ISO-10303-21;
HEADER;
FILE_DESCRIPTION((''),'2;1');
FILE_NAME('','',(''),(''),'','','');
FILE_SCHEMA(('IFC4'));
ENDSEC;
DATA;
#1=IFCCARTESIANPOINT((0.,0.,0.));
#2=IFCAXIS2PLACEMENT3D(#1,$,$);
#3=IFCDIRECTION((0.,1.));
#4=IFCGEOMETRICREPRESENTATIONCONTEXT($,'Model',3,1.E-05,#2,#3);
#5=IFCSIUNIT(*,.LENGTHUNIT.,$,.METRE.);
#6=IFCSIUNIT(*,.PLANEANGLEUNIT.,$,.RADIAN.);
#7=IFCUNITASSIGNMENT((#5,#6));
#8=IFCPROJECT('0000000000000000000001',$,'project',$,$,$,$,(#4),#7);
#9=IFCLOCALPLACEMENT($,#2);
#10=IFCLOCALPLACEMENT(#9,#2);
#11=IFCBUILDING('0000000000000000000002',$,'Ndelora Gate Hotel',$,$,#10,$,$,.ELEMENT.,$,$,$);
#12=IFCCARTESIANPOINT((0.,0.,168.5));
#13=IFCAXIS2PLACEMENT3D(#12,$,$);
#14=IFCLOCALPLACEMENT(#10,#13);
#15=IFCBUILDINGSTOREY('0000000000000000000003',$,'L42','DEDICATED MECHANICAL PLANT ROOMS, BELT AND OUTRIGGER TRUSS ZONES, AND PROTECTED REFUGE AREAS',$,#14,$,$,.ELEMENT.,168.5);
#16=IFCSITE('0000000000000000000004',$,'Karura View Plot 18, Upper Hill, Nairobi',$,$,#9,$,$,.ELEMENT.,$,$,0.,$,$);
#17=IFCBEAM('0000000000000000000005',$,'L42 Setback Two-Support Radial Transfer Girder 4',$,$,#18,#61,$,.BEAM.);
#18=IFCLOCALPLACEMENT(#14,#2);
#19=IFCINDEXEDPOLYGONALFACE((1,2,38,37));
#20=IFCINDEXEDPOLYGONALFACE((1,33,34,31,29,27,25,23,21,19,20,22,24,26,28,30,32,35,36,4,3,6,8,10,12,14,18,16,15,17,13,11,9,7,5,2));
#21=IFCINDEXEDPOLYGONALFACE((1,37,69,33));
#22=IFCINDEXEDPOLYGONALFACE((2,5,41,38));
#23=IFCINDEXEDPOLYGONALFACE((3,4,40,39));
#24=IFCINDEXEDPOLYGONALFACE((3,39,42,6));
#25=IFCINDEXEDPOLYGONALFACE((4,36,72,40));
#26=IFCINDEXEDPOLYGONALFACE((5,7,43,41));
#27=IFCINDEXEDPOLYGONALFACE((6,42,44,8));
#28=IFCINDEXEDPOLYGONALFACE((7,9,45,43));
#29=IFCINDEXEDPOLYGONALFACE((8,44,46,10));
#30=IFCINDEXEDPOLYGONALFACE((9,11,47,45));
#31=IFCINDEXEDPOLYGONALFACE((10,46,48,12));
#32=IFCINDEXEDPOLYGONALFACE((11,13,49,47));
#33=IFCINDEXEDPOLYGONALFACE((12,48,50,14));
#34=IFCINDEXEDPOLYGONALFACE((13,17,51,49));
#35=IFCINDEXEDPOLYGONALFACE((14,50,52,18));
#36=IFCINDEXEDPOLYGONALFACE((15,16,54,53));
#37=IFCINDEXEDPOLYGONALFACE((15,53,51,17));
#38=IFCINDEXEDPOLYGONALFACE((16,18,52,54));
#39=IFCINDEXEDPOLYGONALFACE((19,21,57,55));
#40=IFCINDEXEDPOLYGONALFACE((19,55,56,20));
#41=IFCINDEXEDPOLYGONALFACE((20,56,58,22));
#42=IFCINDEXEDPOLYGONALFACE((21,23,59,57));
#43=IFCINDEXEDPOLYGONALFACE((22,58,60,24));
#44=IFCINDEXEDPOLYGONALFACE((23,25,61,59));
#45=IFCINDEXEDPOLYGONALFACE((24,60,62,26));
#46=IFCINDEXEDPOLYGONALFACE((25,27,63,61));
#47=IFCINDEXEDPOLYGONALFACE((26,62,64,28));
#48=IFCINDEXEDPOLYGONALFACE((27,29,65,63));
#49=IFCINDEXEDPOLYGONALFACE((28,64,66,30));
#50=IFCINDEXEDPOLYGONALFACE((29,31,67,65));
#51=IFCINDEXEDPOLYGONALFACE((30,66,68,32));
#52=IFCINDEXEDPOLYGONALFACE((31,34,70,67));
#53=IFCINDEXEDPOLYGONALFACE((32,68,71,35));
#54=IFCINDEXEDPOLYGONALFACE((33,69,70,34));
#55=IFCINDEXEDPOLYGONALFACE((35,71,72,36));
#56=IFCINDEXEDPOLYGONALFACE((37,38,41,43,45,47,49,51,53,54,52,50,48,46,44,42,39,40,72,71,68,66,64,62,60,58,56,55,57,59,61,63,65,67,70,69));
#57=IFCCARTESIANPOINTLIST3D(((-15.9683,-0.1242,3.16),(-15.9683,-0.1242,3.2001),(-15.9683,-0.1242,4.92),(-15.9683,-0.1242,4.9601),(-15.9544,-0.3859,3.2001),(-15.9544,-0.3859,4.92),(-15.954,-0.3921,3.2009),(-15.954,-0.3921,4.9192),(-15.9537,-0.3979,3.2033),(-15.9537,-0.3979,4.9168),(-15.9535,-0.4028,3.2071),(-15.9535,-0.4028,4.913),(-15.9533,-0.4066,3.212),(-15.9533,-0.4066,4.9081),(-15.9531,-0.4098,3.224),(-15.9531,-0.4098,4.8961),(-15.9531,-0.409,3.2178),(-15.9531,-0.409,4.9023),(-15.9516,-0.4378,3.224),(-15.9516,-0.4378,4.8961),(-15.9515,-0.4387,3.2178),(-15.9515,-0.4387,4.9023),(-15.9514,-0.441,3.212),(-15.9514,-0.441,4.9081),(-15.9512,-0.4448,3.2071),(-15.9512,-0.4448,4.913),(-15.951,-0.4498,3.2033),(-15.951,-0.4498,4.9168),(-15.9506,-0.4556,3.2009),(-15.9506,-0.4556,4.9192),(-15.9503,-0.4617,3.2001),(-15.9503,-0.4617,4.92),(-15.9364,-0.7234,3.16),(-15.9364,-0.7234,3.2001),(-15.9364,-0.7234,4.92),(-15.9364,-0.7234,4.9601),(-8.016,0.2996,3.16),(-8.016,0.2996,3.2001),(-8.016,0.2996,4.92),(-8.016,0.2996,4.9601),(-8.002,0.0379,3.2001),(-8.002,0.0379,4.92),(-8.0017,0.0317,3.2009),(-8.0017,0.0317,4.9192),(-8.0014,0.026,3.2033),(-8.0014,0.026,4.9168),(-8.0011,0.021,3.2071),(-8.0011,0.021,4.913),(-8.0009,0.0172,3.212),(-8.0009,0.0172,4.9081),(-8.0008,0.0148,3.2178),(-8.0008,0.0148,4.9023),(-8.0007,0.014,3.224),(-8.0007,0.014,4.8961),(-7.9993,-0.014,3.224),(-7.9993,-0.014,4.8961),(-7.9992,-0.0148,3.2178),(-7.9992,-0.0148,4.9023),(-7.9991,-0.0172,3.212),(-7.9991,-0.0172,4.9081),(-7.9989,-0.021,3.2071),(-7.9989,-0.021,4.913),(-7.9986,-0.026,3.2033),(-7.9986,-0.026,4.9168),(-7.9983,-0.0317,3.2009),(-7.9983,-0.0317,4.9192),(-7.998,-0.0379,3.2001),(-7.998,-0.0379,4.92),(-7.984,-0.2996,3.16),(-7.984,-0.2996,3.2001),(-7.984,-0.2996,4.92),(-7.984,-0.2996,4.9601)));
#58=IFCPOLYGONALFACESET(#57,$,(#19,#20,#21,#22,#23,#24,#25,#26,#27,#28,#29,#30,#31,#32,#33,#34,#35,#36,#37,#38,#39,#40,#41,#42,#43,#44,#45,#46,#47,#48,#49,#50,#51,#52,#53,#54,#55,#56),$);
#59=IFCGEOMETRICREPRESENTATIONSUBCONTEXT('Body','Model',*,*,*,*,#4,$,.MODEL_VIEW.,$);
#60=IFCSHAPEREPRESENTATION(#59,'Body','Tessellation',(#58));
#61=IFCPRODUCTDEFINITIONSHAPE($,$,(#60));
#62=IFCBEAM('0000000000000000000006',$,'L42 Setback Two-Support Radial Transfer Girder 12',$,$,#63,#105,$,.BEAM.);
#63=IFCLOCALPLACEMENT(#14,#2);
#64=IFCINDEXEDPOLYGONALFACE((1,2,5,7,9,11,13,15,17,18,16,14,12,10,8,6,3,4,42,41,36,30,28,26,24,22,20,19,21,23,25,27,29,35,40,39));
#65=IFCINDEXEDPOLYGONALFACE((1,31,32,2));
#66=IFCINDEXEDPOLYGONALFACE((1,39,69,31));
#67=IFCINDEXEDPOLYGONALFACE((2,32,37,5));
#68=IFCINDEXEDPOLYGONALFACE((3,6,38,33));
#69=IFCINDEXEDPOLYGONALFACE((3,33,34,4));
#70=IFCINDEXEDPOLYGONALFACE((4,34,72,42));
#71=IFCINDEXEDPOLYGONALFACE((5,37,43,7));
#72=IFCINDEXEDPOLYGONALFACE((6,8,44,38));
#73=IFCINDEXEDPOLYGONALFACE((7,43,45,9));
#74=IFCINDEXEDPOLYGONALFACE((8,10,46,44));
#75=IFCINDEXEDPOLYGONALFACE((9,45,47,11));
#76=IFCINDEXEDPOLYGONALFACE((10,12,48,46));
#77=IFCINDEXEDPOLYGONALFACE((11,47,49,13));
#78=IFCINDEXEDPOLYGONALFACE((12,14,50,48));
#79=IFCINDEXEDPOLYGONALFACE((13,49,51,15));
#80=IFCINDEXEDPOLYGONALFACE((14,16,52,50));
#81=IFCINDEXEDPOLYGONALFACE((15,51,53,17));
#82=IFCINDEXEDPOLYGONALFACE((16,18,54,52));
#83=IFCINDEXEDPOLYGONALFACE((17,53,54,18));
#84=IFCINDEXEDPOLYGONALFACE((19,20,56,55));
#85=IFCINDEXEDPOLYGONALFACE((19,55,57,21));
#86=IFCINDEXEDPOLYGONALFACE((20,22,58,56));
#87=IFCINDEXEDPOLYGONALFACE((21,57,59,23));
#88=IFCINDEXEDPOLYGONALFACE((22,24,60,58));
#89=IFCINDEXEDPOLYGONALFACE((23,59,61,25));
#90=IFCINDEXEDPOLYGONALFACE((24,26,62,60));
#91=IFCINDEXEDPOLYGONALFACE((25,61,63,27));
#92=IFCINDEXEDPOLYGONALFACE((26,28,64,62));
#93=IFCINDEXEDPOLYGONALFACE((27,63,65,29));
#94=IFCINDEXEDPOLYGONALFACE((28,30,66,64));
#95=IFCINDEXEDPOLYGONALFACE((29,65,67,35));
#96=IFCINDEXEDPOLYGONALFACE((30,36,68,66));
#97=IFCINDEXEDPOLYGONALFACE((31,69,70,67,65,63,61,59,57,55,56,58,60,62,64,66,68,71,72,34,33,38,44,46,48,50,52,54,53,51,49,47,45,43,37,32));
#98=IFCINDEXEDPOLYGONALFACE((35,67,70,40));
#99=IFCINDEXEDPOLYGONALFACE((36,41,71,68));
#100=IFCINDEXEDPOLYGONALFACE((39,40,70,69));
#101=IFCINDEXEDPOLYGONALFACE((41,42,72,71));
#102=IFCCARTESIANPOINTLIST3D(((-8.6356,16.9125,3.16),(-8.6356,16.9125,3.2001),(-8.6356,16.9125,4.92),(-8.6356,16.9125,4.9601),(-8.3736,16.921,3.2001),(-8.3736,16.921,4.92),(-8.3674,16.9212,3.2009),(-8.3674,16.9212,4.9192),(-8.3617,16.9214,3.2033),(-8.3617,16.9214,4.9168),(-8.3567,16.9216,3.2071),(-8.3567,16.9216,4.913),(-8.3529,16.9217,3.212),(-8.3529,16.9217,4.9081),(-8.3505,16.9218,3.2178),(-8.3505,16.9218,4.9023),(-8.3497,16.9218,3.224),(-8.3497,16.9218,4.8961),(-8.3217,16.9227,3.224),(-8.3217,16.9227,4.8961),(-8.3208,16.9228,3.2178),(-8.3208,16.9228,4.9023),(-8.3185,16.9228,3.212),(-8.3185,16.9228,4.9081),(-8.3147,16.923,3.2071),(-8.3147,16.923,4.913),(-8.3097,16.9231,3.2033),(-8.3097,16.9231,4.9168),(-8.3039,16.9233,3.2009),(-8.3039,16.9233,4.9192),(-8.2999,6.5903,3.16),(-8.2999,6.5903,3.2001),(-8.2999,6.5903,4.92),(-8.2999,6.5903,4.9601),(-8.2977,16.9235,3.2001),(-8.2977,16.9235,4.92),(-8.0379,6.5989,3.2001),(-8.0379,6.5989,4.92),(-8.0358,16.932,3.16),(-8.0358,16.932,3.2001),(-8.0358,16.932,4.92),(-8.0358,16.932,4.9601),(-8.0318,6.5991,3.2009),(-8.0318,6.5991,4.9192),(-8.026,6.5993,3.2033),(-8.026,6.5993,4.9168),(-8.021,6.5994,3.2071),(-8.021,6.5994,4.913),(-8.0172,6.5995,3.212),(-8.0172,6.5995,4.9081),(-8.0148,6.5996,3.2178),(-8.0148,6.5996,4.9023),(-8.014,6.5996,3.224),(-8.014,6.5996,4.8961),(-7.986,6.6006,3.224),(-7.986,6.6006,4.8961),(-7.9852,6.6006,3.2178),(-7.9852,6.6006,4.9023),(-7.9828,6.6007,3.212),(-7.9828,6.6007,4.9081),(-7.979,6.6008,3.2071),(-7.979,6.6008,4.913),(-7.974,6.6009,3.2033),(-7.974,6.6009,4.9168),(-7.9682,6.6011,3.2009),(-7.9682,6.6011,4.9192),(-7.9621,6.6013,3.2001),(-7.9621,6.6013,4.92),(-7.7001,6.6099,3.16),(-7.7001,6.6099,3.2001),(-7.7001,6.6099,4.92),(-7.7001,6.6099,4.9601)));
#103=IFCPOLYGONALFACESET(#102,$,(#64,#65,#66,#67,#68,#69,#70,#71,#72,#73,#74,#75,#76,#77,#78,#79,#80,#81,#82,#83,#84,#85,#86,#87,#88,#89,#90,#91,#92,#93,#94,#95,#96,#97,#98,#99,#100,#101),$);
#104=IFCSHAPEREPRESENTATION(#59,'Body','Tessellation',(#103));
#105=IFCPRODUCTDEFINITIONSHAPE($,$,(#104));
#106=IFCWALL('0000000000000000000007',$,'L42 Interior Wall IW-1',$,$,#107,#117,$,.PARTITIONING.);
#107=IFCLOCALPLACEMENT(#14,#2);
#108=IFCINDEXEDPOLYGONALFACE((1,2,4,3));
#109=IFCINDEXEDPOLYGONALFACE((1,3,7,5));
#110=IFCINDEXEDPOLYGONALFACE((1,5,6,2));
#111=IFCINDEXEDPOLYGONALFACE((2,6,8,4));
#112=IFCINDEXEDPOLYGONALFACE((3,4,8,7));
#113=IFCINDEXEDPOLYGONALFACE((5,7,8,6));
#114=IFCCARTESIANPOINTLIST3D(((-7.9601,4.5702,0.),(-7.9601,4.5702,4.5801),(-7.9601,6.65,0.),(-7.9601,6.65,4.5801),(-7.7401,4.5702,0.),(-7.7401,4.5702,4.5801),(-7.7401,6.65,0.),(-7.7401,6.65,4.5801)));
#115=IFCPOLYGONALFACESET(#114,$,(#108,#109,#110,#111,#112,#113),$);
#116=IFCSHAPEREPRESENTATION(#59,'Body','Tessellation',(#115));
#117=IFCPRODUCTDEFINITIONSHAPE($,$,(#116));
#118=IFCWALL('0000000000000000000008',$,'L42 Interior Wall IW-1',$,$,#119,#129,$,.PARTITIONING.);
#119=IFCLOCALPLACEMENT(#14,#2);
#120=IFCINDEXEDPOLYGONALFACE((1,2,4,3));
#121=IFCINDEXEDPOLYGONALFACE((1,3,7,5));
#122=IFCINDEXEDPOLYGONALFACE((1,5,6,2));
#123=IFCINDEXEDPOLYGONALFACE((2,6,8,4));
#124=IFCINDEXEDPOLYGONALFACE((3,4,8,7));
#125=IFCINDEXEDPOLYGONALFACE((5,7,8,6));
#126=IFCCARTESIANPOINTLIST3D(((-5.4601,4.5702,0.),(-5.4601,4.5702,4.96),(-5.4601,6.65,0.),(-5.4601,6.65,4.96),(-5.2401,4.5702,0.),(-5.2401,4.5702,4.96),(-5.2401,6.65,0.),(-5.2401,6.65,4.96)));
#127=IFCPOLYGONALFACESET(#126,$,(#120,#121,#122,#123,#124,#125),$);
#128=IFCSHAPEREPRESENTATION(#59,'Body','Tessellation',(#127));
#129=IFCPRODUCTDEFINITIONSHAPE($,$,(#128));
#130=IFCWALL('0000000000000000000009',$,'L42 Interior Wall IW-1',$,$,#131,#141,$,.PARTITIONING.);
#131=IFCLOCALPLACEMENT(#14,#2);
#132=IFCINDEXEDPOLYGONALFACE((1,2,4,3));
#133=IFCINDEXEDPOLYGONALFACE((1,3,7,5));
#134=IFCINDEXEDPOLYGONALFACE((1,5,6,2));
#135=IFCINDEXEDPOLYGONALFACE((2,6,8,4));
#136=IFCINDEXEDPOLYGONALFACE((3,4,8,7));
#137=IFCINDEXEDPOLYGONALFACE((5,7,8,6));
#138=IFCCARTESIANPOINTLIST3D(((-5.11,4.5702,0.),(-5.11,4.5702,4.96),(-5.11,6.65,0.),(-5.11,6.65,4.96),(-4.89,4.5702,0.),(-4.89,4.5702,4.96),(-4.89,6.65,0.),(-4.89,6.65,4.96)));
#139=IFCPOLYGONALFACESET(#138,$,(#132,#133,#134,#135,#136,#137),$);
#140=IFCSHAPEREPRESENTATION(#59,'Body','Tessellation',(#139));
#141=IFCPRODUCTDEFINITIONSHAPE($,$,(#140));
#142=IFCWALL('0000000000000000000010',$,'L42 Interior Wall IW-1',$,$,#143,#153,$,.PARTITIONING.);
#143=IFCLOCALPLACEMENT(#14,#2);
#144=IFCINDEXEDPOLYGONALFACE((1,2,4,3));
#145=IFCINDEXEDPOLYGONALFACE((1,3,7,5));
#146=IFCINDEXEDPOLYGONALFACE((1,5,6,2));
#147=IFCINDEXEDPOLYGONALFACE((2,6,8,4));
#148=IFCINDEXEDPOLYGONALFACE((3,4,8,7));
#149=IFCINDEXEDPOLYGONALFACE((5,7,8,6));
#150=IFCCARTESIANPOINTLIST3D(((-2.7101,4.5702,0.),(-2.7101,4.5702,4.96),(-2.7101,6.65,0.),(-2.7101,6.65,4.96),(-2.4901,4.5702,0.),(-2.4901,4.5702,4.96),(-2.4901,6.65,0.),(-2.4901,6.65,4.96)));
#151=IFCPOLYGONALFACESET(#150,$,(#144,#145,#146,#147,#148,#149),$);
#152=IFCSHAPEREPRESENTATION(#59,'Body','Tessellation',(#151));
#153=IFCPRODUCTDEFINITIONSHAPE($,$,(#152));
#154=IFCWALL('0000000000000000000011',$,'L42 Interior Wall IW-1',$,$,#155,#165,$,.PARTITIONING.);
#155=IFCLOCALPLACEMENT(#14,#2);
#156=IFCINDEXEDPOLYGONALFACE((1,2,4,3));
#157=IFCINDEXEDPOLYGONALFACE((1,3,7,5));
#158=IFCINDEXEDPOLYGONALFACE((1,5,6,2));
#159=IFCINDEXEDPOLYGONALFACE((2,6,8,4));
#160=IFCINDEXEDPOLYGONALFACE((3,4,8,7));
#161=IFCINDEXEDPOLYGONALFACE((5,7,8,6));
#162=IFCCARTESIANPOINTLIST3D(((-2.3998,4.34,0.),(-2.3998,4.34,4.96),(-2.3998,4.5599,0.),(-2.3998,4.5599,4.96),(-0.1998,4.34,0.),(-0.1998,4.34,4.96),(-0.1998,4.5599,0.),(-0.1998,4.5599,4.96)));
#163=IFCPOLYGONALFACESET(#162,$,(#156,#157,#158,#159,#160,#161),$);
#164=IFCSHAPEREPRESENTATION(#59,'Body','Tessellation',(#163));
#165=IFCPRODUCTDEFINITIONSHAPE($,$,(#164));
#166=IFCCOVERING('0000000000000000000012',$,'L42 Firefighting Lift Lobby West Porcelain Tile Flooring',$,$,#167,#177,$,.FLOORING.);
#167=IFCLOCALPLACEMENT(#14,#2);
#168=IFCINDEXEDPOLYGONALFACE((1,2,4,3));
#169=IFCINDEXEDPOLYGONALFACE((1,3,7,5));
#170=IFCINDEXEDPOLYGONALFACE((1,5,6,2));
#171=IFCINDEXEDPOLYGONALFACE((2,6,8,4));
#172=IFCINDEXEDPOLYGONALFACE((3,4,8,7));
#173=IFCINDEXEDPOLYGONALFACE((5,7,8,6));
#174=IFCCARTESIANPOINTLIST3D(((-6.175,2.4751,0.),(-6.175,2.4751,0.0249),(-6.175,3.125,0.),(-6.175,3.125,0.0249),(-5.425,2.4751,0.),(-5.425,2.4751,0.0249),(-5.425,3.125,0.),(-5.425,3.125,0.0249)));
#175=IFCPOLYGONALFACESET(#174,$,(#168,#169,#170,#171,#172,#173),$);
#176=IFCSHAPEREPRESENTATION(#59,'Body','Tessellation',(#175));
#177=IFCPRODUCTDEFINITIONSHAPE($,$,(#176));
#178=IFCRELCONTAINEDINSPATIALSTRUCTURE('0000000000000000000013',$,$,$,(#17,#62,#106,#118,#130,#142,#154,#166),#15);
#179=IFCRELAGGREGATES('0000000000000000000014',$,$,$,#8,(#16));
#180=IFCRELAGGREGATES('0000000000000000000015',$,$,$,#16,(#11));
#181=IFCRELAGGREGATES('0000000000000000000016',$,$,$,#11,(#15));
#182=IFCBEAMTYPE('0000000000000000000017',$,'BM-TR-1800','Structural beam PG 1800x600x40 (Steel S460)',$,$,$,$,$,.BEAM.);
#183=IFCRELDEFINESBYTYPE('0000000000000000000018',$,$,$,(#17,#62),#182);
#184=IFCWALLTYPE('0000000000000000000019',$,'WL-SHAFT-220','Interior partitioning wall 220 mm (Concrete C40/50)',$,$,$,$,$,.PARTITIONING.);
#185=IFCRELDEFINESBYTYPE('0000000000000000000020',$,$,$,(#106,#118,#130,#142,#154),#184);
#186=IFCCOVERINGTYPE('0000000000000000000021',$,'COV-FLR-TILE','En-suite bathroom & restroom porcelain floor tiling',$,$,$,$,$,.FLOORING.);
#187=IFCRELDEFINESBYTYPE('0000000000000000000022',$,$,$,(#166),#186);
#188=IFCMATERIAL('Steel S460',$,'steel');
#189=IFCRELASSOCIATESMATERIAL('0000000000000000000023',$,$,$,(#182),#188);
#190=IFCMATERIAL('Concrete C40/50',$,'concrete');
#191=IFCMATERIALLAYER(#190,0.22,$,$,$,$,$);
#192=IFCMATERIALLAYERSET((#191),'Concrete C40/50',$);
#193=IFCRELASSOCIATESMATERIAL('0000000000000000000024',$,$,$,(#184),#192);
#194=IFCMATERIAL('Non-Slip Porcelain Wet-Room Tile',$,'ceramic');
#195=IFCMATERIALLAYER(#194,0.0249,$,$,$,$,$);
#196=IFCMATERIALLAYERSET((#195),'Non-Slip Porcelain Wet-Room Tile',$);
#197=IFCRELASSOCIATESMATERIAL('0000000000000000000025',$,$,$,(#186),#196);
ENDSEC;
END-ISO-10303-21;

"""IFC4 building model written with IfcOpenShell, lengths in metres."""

from ifc_helpers import new_model, si_unit, direction, frame, frame_2d, origin, origin_2d, place, context, subcontext, project, spatial, rectangle, i_section, extrude, material, layer, layer_set, material_profile, profile_set, type_object, element, save


model = new_model("IFC4")

# Units and contexts
model_context = context("Model", 3, precision=1e-05, world=origin(), true_north=direction((0.0, 1.0)))
body_context = subcontext(model_context, "Body", "Model", "MODEL_VIEW")
ifc_project = project(units=[si_unit("LENGTHUNIT", "METRE"), si_unit("PLANEANGLEUNIT", "RADIAN")], contexts=[model_context])

# Site, building, storey
site_placement = place(None, origin())
site = spatial("IfcSite", under=ifc_project, at=site_placement, Name="Karura View Plot 18, Upper Hill, Nairobi", CompositionType="ELEMENT", RefElevation=0.0)
building_placement = place(site_placement, origin())
building = spatial("IfcBuilding", under=site, at=building_placement, Name="Ndelora Gate Hotel", CompositionType="ELEMENT")
storey_placement = place(building_placement, frame((0.0, 0.0, 168.5)))
storey = spatial("IfcBuildingStorey", under=building, at=storey_placement, Name="L42", Description="DEDICATED MECHANICAL PLANT ROOMS, BELT AND OUTRIGGER TRUSS ZONES, AND PROTECTED REFUGE AREAS", CompositionType="ELEMENT", Elevation=168.5)

# Beams
ifc_material_1 = material(Name="Steel S460", Category="steel")
ifc_material_profile_1 = material_profile(ifc_material_1, i_section(OverallWidth=0.6001, OverallDepth=1.8, WebThickness=0.0281, FlangeThickness=0.04, FilletRadius=0.0239, at=origin_2d()), Name="PG 1800x600x40")
ifc_profile_set_1 = profile_set([ifc_material_profile_1], Name="Steel S460")
beam_type_1 = type_object("IfcBeamType", Name="BM-TR-1800", Description="Structural beam PG 1800x600x40 (Steel S460)", PredefinedType="BEAM", material=ifc_profile_set_1)
beam_1_placement = place(storey_placement, frame((-8.0, 0.0, 4.0601), z_axis=(-0.998583, -0.05322, 0.0), x_axis=(0.05322, -0.998583, 0.0)))
element("IfcBeam", 1, at=beam_1_placement, inside=storey, type_object=beam_type_1, Name="L42 Setback Two-Support Radial Transfer Girder 4", PredefinedType="BEAM", context=body_context, shape_type="SweptSolid", body=[
    extrude(i_section(OverallWidth=0.6001, OverallDepth=1.8, WebThickness=0.0281, FlangeThickness=0.04, FilletRadius=0.0239, at=origin_2d()), origin(), (0.0, 0.0, 1.0), 7.9636),
])
beam_2_placement = place(storey_placement, frame((-8.0, 6.6001, 4.0601), z_axis=(-0.032504, 0.999472, 0.0), x_axis=(-0.999472, -0.032504, 0.0)))
element("IfcBeam", 2, at=beam_2_placement, inside=storey, type_object=beam_type_1, Name="L42 Setback Two-Support Radial Transfer Girder 12", PredefinedType="BEAM", context=body_context, shape_type="SweptSolid", body=[
    extrude(i_section(OverallWidth=0.6001, OverallDepth=1.8, WebThickness=0.0281, FlangeThickness=0.04, FilletRadius=0.0239, at=origin_2d()), origin(), (0.0, 0.0, 1.0), 10.3276),
])

# Shared definitions
ifc_material_2 = material(Name="Concrete C40/50", Category="concrete")
ifc_layer_1 = layer(ifc_material_2, 0.22)
ifc_layer_set_1 = layer_set([ifc_layer_1], Name="Concrete C40/50")
wall_type_1 = type_object("IfcWallType", Name="WL-SHAFT-220", Description="Interior partitioning wall 220 mm (Concrete C40/50)", PredefinedType="PARTITIONING", material=ifc_layer_set_1)

# Walls
wall_1_placement = place(storey_placement, frame((-7.8501, 4.5701, 0.0), z_axis=(0.0, 0.0, 1.0), x_axis=(0.0, 1.0, 0.0)))
element("IfcWall", 3, at=wall_1_placement, inside=storey, type_object=wall_type_1, Name="L42 Interior Wall IW-1", PredefinedType="PARTITIONING", context=body_context, shape_type="SweptSolid", body=[
    extrude(rectangle(XDim=2.0798, YDim=0.22, at=frame_2d((1.04, 0.0))), origin(), (0.0, 0.0, 1.0), 4.5801),
])
wall_2_placement = place(storey_placement, frame((-5.3501, 4.5701, 0.0), z_axis=(0.0, 0.0, 1.0), x_axis=(0.0, 1.0, 0.0)))
element("IfcWall", 4, at=wall_2_placement, inside=storey, type_object=wall_type_1, Name="L42 Interior Wall IW-1", PredefinedType="PARTITIONING", context=body_context, shape_type="SweptSolid", body=[
    extrude(rectangle(XDim=2.0798, YDim=0.22, at=frame_2d((1.04, 0.0))), origin(), (0.0, 0.0, 1.0), 4.96),
])

# Walls
for number, where, z_axis, x_axis, name in (
    (5, (-5.0, 4.5701, 0.0), (0.0, 0.0, 1.0), (0.0, 1.0, 0.0), "L42 Interior Wall IW-1"),
    (6, (-2.6001, 4.5701, 0.0), (0.0, 0.0, 1.0), (0.0, 1.0, 0.0), "L42 Interior Wall IW-1"),
):
    element("IfcWall", number, at=place(storey_placement, frame(where, z_axis=z_axis, x_axis=x_axis)), inside=storey, type_object=wall_type_1, Name=name, PredefinedType="PARTITIONING", context=body_context, shape_type="SweptSolid", body=[
        extrude(rectangle(XDim=2.0798, YDim=0.22, at=frame_2d((1.04, 0.0))), origin(), (0.0, 0.0, 1.0), 4.96),
    ])
wall_3_placement = place(storey_placement, frame((-2.3999, 4.45, 0.0), z_axis=(0.0, 0.0, 1.0), x_axis=(1.0, 0.0, 0.0)))
element("IfcWall", 7, at=wall_3_placement, inside=storey, type_object=wall_type_1, Name="L42 Interior Wall IW-1", PredefinedType="PARTITIONING", context=body_context, shape_type="SweptSolid", body=[
    extrude(rectangle(XDim=2.2, YDim=0.22, at=frame_2d((1.1001, 0.0))), origin(), (0.0, 0.0, 1.0), 4.96),
])

# Covering
ifc_material_3 = material(Name="Non-Slip Porcelain Wet-Room Tile", Category="ceramic")
ifc_layer_2 = layer(ifc_material_3, 0.0249)
ifc_layer_set_2 = layer_set([ifc_layer_2], Name="Non-Slip Porcelain Wet-Room Tile")
covering_type = type_object("IfcCoveringType", Name="COV-FLR-TILE", Description="En-suite bathroom & restroom porcelain floor tiling", PredefinedType="FLOORING", material=ifc_layer_set_2)
covering_placement = place(storey_placement, frame((-5.8, 2.8, 0.0), z_axis=(0.0, 0.0, 1.0), x_axis=(1.0, 0.0, 0.0)))
element("IfcCovering", 8, at=covering_placement, inside=storey, type_object=covering_type, Name="L42 Firefighting Lift Lobby West Porcelain Tile Flooring", PredefinedType="FLOORING", context=body_context, shape_type="SweptSolid", body=[
    extrude(rectangle(XDim=0.75, YDim=0.6499, at=origin_2d()), origin(), (0.0, 0.0, 1.0), 0.0249),
])

save(model, "model.ifc")
